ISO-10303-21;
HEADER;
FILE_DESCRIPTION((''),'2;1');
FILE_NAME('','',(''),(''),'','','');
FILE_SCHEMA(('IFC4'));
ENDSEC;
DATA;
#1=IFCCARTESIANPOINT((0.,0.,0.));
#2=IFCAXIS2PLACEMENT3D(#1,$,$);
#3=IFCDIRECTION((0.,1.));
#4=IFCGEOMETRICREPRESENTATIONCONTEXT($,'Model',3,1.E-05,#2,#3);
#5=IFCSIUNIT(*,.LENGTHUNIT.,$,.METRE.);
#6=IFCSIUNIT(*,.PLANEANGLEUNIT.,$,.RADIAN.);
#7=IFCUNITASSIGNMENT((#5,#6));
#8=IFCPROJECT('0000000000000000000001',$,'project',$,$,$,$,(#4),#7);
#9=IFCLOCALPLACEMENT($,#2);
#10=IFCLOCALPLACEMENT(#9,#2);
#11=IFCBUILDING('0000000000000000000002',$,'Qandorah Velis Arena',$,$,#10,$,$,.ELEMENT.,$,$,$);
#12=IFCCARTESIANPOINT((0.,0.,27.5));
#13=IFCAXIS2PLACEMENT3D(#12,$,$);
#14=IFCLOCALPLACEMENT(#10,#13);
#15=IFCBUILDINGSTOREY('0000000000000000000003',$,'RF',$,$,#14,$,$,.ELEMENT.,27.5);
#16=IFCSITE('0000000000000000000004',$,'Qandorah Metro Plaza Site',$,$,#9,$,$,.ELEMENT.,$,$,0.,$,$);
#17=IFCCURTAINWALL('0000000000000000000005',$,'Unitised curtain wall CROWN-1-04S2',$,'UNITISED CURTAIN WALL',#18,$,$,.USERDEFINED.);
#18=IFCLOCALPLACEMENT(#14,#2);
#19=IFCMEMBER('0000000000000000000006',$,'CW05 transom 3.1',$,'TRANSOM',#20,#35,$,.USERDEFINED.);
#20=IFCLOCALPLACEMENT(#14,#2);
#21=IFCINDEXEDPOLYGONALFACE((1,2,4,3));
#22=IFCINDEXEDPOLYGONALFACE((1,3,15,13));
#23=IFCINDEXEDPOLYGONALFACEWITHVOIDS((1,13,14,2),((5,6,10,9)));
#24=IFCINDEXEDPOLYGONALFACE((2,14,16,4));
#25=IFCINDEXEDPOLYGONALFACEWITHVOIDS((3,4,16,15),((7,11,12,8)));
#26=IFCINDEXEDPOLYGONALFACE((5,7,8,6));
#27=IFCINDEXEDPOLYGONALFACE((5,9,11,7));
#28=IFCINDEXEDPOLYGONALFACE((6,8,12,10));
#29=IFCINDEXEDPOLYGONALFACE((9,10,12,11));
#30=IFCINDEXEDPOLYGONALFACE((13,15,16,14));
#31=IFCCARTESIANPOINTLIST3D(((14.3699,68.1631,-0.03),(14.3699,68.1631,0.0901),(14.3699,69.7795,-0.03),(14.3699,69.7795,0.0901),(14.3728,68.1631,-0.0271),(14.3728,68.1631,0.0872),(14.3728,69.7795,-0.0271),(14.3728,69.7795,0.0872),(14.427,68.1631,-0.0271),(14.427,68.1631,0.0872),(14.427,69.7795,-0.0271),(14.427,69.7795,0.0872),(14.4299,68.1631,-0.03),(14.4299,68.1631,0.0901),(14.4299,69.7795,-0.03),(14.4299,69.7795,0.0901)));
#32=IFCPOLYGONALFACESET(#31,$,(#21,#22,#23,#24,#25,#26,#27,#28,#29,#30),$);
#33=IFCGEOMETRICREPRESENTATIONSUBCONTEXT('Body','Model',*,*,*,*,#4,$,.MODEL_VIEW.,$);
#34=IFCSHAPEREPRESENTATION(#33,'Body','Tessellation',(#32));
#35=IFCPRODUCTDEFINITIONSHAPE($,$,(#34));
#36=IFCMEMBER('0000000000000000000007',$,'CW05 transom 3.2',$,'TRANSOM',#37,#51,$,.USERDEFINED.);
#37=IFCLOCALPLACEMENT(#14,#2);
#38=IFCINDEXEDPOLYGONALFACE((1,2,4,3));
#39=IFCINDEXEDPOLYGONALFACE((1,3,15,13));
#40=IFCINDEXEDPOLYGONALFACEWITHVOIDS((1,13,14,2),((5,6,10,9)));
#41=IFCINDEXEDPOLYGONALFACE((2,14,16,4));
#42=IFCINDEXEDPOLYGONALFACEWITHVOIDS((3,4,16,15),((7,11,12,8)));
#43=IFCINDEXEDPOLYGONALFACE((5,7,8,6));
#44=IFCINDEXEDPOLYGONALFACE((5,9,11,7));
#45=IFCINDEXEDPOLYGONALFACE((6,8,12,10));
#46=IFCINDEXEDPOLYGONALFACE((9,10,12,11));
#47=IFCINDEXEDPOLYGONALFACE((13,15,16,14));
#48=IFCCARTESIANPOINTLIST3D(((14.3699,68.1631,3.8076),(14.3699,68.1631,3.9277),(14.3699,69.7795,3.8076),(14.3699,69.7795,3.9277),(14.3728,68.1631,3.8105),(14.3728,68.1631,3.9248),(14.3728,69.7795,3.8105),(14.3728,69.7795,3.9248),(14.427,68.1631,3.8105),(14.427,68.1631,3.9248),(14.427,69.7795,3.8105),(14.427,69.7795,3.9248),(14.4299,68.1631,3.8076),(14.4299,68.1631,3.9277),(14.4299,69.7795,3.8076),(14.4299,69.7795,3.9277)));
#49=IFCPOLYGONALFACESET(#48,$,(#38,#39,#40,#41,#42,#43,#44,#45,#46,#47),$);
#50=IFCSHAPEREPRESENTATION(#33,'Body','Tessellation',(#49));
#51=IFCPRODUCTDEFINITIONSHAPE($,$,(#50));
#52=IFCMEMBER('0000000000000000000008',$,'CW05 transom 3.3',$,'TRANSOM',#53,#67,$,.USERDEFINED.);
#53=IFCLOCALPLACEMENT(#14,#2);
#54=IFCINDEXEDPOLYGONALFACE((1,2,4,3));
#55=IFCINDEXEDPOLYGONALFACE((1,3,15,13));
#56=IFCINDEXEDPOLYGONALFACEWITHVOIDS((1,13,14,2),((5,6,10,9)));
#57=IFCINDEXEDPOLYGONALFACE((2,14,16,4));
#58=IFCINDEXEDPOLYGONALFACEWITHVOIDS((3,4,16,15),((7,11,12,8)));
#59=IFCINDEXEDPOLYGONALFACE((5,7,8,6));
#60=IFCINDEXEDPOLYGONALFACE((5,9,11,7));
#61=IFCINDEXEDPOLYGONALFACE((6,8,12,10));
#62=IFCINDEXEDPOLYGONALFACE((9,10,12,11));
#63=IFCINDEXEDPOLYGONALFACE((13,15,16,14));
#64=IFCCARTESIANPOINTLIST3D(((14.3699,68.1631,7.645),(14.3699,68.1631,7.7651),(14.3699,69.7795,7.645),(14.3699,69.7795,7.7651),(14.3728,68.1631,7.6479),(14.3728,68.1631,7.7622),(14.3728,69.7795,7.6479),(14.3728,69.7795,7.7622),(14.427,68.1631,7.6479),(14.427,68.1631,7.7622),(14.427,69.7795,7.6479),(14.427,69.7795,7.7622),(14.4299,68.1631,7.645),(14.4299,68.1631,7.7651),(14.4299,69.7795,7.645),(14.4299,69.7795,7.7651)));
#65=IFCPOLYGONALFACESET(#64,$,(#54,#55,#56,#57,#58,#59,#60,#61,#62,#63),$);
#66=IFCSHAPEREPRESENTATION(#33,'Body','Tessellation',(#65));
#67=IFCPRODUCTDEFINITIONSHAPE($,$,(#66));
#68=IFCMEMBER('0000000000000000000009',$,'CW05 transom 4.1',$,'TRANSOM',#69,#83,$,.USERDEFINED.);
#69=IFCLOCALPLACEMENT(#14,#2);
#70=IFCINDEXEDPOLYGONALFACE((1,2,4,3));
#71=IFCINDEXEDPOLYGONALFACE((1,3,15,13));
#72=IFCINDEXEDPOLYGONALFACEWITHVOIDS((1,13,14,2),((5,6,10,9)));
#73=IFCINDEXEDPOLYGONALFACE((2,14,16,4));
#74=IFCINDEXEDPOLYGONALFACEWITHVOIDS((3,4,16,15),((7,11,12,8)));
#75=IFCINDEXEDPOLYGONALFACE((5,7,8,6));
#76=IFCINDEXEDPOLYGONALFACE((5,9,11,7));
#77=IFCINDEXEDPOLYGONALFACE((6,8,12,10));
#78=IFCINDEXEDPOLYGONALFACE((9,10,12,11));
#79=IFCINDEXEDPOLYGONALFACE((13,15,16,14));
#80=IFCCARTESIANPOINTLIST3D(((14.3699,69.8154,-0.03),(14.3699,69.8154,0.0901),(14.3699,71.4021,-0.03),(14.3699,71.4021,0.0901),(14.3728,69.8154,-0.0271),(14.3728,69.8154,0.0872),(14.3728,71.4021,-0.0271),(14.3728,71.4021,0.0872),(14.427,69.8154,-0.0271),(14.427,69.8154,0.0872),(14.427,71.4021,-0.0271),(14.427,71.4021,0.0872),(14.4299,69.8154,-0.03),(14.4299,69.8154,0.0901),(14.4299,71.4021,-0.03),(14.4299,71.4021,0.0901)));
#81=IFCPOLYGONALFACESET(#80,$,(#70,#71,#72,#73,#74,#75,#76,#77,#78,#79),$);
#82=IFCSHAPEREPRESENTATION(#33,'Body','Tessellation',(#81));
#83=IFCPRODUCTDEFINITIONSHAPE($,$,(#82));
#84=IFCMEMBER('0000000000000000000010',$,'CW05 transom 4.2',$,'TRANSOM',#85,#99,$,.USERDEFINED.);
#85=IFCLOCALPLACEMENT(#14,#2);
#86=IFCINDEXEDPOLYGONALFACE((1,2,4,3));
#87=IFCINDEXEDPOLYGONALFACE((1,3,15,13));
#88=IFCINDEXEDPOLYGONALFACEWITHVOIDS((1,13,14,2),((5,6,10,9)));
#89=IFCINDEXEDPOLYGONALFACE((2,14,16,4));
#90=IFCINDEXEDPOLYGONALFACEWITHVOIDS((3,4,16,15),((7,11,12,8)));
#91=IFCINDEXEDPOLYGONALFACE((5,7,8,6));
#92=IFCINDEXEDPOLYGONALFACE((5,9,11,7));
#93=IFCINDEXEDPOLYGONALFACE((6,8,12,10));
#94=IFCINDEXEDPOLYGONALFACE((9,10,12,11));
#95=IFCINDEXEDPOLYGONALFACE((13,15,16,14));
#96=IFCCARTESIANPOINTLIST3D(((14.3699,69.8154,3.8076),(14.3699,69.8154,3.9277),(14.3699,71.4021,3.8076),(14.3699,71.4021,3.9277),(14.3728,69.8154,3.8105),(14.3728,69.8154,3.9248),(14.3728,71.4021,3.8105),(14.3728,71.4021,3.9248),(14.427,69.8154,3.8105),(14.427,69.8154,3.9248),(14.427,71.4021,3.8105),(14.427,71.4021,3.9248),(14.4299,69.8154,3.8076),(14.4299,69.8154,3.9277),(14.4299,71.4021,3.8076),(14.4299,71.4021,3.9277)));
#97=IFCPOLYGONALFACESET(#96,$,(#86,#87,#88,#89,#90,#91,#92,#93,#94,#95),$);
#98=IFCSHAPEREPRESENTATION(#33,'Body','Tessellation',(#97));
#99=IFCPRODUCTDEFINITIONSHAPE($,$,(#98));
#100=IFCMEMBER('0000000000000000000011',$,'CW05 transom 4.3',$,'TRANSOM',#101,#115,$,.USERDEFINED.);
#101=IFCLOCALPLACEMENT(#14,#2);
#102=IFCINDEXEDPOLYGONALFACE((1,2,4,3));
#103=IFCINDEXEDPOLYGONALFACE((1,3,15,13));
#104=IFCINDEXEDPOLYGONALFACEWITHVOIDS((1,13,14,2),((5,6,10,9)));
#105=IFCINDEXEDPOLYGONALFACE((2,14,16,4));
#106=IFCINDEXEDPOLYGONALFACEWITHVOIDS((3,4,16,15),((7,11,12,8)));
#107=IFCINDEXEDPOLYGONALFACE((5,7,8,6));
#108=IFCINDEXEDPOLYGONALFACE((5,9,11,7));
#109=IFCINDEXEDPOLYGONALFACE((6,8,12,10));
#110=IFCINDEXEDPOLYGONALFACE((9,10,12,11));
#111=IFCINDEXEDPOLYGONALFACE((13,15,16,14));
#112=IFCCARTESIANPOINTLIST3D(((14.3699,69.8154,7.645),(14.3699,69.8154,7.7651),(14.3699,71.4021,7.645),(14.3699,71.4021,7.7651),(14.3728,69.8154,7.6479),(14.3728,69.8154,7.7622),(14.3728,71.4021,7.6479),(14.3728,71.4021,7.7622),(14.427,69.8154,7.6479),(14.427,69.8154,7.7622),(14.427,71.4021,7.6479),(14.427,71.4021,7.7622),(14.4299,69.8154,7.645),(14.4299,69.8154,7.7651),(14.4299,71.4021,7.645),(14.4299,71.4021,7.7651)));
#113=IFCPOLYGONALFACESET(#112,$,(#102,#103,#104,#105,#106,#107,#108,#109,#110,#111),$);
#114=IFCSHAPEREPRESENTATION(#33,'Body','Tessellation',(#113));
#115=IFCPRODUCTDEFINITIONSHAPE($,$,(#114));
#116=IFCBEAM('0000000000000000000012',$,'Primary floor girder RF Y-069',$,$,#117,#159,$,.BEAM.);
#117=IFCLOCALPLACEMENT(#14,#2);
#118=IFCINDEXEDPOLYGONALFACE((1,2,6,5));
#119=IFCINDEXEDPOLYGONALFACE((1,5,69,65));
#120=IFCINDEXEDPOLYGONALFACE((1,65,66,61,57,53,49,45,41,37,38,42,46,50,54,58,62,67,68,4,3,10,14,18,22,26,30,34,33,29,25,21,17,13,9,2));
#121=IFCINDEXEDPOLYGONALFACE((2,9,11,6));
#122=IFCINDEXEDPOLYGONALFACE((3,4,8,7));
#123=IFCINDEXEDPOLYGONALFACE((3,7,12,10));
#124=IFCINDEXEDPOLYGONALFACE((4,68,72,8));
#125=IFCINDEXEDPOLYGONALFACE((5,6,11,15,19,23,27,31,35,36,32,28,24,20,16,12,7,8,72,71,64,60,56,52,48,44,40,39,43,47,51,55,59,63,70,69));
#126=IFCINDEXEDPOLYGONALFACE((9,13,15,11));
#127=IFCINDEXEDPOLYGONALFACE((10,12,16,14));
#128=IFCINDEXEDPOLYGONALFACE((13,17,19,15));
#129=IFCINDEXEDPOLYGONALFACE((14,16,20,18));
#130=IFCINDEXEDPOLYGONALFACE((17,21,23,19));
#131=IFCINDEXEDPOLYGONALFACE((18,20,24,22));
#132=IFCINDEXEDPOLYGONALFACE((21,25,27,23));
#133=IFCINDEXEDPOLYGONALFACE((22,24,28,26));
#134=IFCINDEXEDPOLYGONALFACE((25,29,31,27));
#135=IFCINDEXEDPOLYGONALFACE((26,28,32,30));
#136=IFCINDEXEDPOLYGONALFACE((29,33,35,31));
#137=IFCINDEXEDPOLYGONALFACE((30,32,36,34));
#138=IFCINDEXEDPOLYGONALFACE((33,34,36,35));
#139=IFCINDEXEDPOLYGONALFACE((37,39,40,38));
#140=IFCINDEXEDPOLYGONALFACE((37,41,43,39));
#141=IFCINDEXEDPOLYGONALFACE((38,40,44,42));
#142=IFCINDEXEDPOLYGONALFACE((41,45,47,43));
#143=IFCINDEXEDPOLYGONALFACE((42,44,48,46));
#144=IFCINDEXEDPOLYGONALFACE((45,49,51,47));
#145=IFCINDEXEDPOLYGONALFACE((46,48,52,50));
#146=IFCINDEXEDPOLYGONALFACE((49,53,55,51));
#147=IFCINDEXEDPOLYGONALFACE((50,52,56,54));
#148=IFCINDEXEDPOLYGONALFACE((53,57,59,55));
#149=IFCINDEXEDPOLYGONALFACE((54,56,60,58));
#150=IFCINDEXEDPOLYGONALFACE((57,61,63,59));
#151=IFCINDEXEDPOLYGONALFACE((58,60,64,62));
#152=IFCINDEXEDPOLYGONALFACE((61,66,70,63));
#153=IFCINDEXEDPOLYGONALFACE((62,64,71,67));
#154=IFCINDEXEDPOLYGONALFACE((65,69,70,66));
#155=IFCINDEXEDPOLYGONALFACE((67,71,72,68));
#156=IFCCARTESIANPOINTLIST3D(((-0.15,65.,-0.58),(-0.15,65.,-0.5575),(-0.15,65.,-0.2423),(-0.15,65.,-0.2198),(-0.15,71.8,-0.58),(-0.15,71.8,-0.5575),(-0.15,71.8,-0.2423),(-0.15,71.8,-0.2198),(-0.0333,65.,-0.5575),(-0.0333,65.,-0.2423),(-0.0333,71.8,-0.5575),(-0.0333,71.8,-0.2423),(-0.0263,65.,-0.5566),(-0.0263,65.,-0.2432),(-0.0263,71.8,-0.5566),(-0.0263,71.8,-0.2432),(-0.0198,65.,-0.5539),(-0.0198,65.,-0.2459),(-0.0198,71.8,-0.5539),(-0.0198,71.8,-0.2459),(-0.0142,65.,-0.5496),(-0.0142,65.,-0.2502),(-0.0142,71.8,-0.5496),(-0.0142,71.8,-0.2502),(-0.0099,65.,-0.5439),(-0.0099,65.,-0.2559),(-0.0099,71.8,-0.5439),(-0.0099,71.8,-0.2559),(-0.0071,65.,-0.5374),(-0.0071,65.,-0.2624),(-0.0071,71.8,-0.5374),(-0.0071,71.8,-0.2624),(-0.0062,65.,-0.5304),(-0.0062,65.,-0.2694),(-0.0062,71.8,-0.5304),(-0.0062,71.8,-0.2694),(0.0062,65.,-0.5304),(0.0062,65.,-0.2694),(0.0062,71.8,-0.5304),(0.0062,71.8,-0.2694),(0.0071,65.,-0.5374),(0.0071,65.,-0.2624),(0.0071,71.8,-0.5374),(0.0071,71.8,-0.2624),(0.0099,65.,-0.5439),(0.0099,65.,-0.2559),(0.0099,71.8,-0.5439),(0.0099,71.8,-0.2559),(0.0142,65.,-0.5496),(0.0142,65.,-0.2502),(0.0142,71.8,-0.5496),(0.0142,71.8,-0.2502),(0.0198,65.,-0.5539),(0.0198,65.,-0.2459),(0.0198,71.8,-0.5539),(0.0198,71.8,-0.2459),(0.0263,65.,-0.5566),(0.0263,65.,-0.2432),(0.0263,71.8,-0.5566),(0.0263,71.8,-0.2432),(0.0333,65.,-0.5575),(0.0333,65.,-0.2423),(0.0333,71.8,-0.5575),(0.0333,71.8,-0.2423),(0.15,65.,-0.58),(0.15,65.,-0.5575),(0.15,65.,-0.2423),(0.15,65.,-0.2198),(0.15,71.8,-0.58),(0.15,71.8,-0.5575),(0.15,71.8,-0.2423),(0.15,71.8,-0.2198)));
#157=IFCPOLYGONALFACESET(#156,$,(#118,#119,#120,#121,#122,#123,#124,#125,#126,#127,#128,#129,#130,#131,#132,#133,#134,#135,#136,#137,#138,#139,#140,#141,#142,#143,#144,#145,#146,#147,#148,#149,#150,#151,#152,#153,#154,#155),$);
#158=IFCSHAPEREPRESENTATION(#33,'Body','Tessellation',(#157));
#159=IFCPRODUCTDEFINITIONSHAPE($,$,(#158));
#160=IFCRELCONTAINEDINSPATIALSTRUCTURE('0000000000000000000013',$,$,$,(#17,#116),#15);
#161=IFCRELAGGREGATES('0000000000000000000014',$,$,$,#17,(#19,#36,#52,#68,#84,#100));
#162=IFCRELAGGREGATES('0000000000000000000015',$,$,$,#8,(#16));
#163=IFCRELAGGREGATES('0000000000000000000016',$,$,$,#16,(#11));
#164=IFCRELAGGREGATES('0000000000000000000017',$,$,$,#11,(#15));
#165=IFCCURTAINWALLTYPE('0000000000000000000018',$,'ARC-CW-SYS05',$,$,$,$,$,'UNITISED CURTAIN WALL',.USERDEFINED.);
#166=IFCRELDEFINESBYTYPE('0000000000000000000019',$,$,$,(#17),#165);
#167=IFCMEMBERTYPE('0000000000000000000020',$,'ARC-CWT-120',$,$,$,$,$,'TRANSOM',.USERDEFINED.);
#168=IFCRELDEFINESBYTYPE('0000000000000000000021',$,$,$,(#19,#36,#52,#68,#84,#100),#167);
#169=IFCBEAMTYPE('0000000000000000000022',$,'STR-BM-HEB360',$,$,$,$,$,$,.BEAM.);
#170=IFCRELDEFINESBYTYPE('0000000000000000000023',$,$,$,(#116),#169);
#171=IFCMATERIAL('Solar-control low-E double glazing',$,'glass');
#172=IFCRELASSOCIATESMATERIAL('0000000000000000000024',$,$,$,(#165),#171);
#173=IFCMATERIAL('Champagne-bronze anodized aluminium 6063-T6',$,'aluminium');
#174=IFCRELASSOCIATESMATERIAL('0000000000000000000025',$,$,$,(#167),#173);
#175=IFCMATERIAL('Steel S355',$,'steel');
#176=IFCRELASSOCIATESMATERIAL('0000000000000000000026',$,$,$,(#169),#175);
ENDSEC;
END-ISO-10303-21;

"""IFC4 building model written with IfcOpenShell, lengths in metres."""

from ifc_helpers import new_model, si_unit, direction, frame, origin, origin_2d, place, context, subcontext, project, spatial, hollow_rectangle, i_section, extrude, material, material_profile, profile_set, type_object, element, aggregate, save


model = new_model("IFC4")

# Units and contexts
model_context = context("Model", 3, precision=1e-05, world=origin(), true_north=direction((0.0, 1.0)))
body_context = subcontext(model_context, "Body", "Model", "MODEL_VIEW")
ifc_project = project(units=[si_unit("LENGTHUNIT", "METRE"), si_unit("PLANEANGLEUNIT", "RADIAN")], contexts=[model_context])

# Site, building, storey
site_placement = place(None, origin())
site = spatial("IfcSite", under=ifc_project, at=site_placement, Name="Qandorah Metro Plaza Site", CompositionType="ELEMENT", RefElevation=0.0)
building_placement = place(site_placement, origin())
building = spatial("IfcBuilding", under=site, at=building_placement, Name="Qandorah Velis Arena", CompositionType="ELEMENT")
storey_placement = place(building_placement, frame((0.0, 0.0, 27.5)))
storey = spatial("IfcBuildingStorey", under=building, at=storey_placement, Name="RF", CompositionType="ELEMENT", Elevation=27.5)

# Shared definitions
ifc_material_1 = material(Name="Solar-control low-E double glazing", Category="glass")
ifc_material_2 = material(Name="Champagne-bronze anodized aluminium 6063-T6", Category="aluminium")

# Curtain wall, members
curtain_wall_type_1 = type_object("IfcCurtainWallType", Name="ARC-CW-SYS05", ElementType="UNITISED CURTAIN WALL", PredefinedType="USERDEFINED", material=ifc_material_1)
curtain_wall_1_placement = place(storey_placement, origin())
curtain_wall_1 = element("IfcCurtainWall", 1, at=curtain_wall_1_placement, inside=storey, type_object=curtain_wall_type_1, Name="Unitised curtain wall CROWN-1-04S2", ObjectType="UNITISED CURTAIN WALL", PredefinedType="USERDEFINED")
ifc_material_profile_1 = material_profile(ifc_material_2, hollow_rectangle(XDim=0.0601, YDim=0.1201, WallThickness=0.0029, at=origin_2d()), Name="ALU TRANSOM 60x120")
ifc_profile_set_1 = profile_set([ifc_material_profile_1], Name="Champagne-bronze anodized aluminium 6063-T6")
member_type_1 = type_object("IfcMemberType", Name="ARC-CWT-120", ElementType="TRANSOM", PredefinedType="USERDEFINED", material=ifc_profile_set_1)
member_1_placement = place(storey_placement, frame((14.3999, 68.1631, 0.03), z_axis=(0.0, 1.0, 0.0), x_axis=(-1.0, 0.0, 0.0)))
member_1 = element("IfcMember", 2, at=member_1_placement, type_object=member_type_1, Name="CW05 transom 3.1", ObjectType="TRANSOM", PredefinedType="USERDEFINED", context=body_context, shape_type="SweptSolid", body=[
    extrude(hollow_rectangle(XDim=0.0601, YDim=0.1201, WallThickness=0.0029, at=origin_2d()), origin(), (0.0, 0.0, 1.0), 1.6165),
])
member_2_placement = place(storey_placement, frame((14.3999, 68.1631, 3.8677), z_axis=(0.0, 1.0, 0.0), x_axis=(-1.0, 0.0, 0.0)))
member_2 = element("IfcMember", 3, at=member_2_placement, type_object=member_type_1, Name="CW05 transom 3.2", ObjectType="TRANSOM", PredefinedType="USERDEFINED", context=body_context, shape_type="SweptSolid", body=[
    extrude(hollow_rectangle(XDim=0.0601, YDim=0.1201, WallThickness=0.0029, at=origin_2d()), origin(), (0.0, 0.0, 1.0), 1.6165),
])
member_3_placement = place(storey_placement, frame((14.3999, 68.1631, 7.7051), z_axis=(0.0, 1.0, 0.0), x_axis=(-1.0, 0.0, 0.0)))
member_3 = element("IfcMember", 4, at=member_3_placement, type_object=member_type_1, Name="CW05 transom 3.3", ObjectType="TRANSOM", PredefinedType="USERDEFINED", context=body_context, shape_type="SweptSolid", body=[
    extrude(hollow_rectangle(XDim=0.0601, YDim=0.1201, WallThickness=0.0029, at=origin_2d()), origin(), (0.0, 0.0, 1.0), 1.6165),
])
member_4_placement = place(storey_placement, frame((14.3999, 69.8154, 0.03), z_axis=(0.0, 1.0, 0.0), x_axis=(-1.0, 0.0, 0.0)))
member_4 = element("IfcMember", 5, at=member_4_placement, type_object=member_type_1, Name="CW05 transom 4.1", ObjectType="TRANSOM", PredefinedType="USERDEFINED", context=body_context, shape_type="SweptSolid", body=[
    extrude(hollow_rectangle(XDim=0.0601, YDim=0.1201, WallThickness=0.0029, at=origin_2d()), origin(), (0.0, 0.0, 1.0), 1.5867),
])
member_5_placement = place(storey_placement, frame((14.3999, 69.8154, 3.8677), z_axis=(0.0, 1.0, 0.0), x_axis=(-1.0, 0.0, 0.0)))
member_5 = element("IfcMember", 6, at=member_5_placement, type_object=member_type_1, Name="CW05 transom 4.2", ObjectType="TRANSOM", PredefinedType="USERDEFINED", context=body_context, shape_type="SweptSolid", body=[
    extrude(hollow_rectangle(XDim=0.0601, YDim=0.1201, WallThickness=0.0029, at=origin_2d()), origin(), (0.0, 0.0, 1.0), 1.5867),
])
member_6_placement = place(storey_placement, frame((14.3999, 69.8154, 7.7051), z_axis=(0.0, 1.0, 0.0), x_axis=(-1.0, 0.0, 0.0)))
member_6 = element("IfcMember", 7, at=member_6_placement, type_object=member_type_1, Name="CW05 transom 4.3", ObjectType="TRANSOM", PredefinedType="USERDEFINED", context=body_context, shape_type="SweptSolid", body=[
    extrude(hollow_rectangle(XDim=0.0601, YDim=0.1201, WallThickness=0.0029, at=origin_2d()), origin(), (0.0, 0.0, 1.0), 1.5867),
])

# Beam
ifc_material_3 = material(Name="Steel S355", Category="steel")
ifc_material_profile_2 = material_profile(ifc_material_3, i_section(OverallWidth=0.3, OverallDepth=0.3601, WebThickness=0.0125, FlangeThickness=0.0225, FilletRadius=0.0271, at=origin_2d()), Name="HEB 360")
ifc_profile_set_2 = profile_set([ifc_material_profile_2], Name="Steel S355")
beam_type_1 = type_object("IfcBeamType", Name="STR-BM-HEB360", PredefinedType="BEAM", material=ifc_profile_set_2)
for number, where, z_axis, x_axis, name in (
    (8, (0.0, 65.0, -0.3999), (0.0, 1.0, 0.0), (-1.0, 0.0, 0.0), "Primary floor girder RF Y-069"),
):
    element("IfcBeam", number, at=place(storey_placement, frame(where, z_axis=z_axis, x_axis=x_axis)), inside=storey, type_object=beam_type_1, Name=name, PredefinedType="BEAM", context=body_context, shape_type="SweptSolid", body=[
        extrude(i_section(OverallWidth=0.3, OverallDepth=0.3601, WebThickness=0.0125, FlangeThickness=0.0225, FilletRadius=0.0271, at=origin_2d()), origin(), (0.0, 0.0, 1.0), 6.8),
    ])

aggregate(curtain_wall_1, [member_1, member_2, member_3, member_4, member_5, member_6])

save(model, "model.ifc")
